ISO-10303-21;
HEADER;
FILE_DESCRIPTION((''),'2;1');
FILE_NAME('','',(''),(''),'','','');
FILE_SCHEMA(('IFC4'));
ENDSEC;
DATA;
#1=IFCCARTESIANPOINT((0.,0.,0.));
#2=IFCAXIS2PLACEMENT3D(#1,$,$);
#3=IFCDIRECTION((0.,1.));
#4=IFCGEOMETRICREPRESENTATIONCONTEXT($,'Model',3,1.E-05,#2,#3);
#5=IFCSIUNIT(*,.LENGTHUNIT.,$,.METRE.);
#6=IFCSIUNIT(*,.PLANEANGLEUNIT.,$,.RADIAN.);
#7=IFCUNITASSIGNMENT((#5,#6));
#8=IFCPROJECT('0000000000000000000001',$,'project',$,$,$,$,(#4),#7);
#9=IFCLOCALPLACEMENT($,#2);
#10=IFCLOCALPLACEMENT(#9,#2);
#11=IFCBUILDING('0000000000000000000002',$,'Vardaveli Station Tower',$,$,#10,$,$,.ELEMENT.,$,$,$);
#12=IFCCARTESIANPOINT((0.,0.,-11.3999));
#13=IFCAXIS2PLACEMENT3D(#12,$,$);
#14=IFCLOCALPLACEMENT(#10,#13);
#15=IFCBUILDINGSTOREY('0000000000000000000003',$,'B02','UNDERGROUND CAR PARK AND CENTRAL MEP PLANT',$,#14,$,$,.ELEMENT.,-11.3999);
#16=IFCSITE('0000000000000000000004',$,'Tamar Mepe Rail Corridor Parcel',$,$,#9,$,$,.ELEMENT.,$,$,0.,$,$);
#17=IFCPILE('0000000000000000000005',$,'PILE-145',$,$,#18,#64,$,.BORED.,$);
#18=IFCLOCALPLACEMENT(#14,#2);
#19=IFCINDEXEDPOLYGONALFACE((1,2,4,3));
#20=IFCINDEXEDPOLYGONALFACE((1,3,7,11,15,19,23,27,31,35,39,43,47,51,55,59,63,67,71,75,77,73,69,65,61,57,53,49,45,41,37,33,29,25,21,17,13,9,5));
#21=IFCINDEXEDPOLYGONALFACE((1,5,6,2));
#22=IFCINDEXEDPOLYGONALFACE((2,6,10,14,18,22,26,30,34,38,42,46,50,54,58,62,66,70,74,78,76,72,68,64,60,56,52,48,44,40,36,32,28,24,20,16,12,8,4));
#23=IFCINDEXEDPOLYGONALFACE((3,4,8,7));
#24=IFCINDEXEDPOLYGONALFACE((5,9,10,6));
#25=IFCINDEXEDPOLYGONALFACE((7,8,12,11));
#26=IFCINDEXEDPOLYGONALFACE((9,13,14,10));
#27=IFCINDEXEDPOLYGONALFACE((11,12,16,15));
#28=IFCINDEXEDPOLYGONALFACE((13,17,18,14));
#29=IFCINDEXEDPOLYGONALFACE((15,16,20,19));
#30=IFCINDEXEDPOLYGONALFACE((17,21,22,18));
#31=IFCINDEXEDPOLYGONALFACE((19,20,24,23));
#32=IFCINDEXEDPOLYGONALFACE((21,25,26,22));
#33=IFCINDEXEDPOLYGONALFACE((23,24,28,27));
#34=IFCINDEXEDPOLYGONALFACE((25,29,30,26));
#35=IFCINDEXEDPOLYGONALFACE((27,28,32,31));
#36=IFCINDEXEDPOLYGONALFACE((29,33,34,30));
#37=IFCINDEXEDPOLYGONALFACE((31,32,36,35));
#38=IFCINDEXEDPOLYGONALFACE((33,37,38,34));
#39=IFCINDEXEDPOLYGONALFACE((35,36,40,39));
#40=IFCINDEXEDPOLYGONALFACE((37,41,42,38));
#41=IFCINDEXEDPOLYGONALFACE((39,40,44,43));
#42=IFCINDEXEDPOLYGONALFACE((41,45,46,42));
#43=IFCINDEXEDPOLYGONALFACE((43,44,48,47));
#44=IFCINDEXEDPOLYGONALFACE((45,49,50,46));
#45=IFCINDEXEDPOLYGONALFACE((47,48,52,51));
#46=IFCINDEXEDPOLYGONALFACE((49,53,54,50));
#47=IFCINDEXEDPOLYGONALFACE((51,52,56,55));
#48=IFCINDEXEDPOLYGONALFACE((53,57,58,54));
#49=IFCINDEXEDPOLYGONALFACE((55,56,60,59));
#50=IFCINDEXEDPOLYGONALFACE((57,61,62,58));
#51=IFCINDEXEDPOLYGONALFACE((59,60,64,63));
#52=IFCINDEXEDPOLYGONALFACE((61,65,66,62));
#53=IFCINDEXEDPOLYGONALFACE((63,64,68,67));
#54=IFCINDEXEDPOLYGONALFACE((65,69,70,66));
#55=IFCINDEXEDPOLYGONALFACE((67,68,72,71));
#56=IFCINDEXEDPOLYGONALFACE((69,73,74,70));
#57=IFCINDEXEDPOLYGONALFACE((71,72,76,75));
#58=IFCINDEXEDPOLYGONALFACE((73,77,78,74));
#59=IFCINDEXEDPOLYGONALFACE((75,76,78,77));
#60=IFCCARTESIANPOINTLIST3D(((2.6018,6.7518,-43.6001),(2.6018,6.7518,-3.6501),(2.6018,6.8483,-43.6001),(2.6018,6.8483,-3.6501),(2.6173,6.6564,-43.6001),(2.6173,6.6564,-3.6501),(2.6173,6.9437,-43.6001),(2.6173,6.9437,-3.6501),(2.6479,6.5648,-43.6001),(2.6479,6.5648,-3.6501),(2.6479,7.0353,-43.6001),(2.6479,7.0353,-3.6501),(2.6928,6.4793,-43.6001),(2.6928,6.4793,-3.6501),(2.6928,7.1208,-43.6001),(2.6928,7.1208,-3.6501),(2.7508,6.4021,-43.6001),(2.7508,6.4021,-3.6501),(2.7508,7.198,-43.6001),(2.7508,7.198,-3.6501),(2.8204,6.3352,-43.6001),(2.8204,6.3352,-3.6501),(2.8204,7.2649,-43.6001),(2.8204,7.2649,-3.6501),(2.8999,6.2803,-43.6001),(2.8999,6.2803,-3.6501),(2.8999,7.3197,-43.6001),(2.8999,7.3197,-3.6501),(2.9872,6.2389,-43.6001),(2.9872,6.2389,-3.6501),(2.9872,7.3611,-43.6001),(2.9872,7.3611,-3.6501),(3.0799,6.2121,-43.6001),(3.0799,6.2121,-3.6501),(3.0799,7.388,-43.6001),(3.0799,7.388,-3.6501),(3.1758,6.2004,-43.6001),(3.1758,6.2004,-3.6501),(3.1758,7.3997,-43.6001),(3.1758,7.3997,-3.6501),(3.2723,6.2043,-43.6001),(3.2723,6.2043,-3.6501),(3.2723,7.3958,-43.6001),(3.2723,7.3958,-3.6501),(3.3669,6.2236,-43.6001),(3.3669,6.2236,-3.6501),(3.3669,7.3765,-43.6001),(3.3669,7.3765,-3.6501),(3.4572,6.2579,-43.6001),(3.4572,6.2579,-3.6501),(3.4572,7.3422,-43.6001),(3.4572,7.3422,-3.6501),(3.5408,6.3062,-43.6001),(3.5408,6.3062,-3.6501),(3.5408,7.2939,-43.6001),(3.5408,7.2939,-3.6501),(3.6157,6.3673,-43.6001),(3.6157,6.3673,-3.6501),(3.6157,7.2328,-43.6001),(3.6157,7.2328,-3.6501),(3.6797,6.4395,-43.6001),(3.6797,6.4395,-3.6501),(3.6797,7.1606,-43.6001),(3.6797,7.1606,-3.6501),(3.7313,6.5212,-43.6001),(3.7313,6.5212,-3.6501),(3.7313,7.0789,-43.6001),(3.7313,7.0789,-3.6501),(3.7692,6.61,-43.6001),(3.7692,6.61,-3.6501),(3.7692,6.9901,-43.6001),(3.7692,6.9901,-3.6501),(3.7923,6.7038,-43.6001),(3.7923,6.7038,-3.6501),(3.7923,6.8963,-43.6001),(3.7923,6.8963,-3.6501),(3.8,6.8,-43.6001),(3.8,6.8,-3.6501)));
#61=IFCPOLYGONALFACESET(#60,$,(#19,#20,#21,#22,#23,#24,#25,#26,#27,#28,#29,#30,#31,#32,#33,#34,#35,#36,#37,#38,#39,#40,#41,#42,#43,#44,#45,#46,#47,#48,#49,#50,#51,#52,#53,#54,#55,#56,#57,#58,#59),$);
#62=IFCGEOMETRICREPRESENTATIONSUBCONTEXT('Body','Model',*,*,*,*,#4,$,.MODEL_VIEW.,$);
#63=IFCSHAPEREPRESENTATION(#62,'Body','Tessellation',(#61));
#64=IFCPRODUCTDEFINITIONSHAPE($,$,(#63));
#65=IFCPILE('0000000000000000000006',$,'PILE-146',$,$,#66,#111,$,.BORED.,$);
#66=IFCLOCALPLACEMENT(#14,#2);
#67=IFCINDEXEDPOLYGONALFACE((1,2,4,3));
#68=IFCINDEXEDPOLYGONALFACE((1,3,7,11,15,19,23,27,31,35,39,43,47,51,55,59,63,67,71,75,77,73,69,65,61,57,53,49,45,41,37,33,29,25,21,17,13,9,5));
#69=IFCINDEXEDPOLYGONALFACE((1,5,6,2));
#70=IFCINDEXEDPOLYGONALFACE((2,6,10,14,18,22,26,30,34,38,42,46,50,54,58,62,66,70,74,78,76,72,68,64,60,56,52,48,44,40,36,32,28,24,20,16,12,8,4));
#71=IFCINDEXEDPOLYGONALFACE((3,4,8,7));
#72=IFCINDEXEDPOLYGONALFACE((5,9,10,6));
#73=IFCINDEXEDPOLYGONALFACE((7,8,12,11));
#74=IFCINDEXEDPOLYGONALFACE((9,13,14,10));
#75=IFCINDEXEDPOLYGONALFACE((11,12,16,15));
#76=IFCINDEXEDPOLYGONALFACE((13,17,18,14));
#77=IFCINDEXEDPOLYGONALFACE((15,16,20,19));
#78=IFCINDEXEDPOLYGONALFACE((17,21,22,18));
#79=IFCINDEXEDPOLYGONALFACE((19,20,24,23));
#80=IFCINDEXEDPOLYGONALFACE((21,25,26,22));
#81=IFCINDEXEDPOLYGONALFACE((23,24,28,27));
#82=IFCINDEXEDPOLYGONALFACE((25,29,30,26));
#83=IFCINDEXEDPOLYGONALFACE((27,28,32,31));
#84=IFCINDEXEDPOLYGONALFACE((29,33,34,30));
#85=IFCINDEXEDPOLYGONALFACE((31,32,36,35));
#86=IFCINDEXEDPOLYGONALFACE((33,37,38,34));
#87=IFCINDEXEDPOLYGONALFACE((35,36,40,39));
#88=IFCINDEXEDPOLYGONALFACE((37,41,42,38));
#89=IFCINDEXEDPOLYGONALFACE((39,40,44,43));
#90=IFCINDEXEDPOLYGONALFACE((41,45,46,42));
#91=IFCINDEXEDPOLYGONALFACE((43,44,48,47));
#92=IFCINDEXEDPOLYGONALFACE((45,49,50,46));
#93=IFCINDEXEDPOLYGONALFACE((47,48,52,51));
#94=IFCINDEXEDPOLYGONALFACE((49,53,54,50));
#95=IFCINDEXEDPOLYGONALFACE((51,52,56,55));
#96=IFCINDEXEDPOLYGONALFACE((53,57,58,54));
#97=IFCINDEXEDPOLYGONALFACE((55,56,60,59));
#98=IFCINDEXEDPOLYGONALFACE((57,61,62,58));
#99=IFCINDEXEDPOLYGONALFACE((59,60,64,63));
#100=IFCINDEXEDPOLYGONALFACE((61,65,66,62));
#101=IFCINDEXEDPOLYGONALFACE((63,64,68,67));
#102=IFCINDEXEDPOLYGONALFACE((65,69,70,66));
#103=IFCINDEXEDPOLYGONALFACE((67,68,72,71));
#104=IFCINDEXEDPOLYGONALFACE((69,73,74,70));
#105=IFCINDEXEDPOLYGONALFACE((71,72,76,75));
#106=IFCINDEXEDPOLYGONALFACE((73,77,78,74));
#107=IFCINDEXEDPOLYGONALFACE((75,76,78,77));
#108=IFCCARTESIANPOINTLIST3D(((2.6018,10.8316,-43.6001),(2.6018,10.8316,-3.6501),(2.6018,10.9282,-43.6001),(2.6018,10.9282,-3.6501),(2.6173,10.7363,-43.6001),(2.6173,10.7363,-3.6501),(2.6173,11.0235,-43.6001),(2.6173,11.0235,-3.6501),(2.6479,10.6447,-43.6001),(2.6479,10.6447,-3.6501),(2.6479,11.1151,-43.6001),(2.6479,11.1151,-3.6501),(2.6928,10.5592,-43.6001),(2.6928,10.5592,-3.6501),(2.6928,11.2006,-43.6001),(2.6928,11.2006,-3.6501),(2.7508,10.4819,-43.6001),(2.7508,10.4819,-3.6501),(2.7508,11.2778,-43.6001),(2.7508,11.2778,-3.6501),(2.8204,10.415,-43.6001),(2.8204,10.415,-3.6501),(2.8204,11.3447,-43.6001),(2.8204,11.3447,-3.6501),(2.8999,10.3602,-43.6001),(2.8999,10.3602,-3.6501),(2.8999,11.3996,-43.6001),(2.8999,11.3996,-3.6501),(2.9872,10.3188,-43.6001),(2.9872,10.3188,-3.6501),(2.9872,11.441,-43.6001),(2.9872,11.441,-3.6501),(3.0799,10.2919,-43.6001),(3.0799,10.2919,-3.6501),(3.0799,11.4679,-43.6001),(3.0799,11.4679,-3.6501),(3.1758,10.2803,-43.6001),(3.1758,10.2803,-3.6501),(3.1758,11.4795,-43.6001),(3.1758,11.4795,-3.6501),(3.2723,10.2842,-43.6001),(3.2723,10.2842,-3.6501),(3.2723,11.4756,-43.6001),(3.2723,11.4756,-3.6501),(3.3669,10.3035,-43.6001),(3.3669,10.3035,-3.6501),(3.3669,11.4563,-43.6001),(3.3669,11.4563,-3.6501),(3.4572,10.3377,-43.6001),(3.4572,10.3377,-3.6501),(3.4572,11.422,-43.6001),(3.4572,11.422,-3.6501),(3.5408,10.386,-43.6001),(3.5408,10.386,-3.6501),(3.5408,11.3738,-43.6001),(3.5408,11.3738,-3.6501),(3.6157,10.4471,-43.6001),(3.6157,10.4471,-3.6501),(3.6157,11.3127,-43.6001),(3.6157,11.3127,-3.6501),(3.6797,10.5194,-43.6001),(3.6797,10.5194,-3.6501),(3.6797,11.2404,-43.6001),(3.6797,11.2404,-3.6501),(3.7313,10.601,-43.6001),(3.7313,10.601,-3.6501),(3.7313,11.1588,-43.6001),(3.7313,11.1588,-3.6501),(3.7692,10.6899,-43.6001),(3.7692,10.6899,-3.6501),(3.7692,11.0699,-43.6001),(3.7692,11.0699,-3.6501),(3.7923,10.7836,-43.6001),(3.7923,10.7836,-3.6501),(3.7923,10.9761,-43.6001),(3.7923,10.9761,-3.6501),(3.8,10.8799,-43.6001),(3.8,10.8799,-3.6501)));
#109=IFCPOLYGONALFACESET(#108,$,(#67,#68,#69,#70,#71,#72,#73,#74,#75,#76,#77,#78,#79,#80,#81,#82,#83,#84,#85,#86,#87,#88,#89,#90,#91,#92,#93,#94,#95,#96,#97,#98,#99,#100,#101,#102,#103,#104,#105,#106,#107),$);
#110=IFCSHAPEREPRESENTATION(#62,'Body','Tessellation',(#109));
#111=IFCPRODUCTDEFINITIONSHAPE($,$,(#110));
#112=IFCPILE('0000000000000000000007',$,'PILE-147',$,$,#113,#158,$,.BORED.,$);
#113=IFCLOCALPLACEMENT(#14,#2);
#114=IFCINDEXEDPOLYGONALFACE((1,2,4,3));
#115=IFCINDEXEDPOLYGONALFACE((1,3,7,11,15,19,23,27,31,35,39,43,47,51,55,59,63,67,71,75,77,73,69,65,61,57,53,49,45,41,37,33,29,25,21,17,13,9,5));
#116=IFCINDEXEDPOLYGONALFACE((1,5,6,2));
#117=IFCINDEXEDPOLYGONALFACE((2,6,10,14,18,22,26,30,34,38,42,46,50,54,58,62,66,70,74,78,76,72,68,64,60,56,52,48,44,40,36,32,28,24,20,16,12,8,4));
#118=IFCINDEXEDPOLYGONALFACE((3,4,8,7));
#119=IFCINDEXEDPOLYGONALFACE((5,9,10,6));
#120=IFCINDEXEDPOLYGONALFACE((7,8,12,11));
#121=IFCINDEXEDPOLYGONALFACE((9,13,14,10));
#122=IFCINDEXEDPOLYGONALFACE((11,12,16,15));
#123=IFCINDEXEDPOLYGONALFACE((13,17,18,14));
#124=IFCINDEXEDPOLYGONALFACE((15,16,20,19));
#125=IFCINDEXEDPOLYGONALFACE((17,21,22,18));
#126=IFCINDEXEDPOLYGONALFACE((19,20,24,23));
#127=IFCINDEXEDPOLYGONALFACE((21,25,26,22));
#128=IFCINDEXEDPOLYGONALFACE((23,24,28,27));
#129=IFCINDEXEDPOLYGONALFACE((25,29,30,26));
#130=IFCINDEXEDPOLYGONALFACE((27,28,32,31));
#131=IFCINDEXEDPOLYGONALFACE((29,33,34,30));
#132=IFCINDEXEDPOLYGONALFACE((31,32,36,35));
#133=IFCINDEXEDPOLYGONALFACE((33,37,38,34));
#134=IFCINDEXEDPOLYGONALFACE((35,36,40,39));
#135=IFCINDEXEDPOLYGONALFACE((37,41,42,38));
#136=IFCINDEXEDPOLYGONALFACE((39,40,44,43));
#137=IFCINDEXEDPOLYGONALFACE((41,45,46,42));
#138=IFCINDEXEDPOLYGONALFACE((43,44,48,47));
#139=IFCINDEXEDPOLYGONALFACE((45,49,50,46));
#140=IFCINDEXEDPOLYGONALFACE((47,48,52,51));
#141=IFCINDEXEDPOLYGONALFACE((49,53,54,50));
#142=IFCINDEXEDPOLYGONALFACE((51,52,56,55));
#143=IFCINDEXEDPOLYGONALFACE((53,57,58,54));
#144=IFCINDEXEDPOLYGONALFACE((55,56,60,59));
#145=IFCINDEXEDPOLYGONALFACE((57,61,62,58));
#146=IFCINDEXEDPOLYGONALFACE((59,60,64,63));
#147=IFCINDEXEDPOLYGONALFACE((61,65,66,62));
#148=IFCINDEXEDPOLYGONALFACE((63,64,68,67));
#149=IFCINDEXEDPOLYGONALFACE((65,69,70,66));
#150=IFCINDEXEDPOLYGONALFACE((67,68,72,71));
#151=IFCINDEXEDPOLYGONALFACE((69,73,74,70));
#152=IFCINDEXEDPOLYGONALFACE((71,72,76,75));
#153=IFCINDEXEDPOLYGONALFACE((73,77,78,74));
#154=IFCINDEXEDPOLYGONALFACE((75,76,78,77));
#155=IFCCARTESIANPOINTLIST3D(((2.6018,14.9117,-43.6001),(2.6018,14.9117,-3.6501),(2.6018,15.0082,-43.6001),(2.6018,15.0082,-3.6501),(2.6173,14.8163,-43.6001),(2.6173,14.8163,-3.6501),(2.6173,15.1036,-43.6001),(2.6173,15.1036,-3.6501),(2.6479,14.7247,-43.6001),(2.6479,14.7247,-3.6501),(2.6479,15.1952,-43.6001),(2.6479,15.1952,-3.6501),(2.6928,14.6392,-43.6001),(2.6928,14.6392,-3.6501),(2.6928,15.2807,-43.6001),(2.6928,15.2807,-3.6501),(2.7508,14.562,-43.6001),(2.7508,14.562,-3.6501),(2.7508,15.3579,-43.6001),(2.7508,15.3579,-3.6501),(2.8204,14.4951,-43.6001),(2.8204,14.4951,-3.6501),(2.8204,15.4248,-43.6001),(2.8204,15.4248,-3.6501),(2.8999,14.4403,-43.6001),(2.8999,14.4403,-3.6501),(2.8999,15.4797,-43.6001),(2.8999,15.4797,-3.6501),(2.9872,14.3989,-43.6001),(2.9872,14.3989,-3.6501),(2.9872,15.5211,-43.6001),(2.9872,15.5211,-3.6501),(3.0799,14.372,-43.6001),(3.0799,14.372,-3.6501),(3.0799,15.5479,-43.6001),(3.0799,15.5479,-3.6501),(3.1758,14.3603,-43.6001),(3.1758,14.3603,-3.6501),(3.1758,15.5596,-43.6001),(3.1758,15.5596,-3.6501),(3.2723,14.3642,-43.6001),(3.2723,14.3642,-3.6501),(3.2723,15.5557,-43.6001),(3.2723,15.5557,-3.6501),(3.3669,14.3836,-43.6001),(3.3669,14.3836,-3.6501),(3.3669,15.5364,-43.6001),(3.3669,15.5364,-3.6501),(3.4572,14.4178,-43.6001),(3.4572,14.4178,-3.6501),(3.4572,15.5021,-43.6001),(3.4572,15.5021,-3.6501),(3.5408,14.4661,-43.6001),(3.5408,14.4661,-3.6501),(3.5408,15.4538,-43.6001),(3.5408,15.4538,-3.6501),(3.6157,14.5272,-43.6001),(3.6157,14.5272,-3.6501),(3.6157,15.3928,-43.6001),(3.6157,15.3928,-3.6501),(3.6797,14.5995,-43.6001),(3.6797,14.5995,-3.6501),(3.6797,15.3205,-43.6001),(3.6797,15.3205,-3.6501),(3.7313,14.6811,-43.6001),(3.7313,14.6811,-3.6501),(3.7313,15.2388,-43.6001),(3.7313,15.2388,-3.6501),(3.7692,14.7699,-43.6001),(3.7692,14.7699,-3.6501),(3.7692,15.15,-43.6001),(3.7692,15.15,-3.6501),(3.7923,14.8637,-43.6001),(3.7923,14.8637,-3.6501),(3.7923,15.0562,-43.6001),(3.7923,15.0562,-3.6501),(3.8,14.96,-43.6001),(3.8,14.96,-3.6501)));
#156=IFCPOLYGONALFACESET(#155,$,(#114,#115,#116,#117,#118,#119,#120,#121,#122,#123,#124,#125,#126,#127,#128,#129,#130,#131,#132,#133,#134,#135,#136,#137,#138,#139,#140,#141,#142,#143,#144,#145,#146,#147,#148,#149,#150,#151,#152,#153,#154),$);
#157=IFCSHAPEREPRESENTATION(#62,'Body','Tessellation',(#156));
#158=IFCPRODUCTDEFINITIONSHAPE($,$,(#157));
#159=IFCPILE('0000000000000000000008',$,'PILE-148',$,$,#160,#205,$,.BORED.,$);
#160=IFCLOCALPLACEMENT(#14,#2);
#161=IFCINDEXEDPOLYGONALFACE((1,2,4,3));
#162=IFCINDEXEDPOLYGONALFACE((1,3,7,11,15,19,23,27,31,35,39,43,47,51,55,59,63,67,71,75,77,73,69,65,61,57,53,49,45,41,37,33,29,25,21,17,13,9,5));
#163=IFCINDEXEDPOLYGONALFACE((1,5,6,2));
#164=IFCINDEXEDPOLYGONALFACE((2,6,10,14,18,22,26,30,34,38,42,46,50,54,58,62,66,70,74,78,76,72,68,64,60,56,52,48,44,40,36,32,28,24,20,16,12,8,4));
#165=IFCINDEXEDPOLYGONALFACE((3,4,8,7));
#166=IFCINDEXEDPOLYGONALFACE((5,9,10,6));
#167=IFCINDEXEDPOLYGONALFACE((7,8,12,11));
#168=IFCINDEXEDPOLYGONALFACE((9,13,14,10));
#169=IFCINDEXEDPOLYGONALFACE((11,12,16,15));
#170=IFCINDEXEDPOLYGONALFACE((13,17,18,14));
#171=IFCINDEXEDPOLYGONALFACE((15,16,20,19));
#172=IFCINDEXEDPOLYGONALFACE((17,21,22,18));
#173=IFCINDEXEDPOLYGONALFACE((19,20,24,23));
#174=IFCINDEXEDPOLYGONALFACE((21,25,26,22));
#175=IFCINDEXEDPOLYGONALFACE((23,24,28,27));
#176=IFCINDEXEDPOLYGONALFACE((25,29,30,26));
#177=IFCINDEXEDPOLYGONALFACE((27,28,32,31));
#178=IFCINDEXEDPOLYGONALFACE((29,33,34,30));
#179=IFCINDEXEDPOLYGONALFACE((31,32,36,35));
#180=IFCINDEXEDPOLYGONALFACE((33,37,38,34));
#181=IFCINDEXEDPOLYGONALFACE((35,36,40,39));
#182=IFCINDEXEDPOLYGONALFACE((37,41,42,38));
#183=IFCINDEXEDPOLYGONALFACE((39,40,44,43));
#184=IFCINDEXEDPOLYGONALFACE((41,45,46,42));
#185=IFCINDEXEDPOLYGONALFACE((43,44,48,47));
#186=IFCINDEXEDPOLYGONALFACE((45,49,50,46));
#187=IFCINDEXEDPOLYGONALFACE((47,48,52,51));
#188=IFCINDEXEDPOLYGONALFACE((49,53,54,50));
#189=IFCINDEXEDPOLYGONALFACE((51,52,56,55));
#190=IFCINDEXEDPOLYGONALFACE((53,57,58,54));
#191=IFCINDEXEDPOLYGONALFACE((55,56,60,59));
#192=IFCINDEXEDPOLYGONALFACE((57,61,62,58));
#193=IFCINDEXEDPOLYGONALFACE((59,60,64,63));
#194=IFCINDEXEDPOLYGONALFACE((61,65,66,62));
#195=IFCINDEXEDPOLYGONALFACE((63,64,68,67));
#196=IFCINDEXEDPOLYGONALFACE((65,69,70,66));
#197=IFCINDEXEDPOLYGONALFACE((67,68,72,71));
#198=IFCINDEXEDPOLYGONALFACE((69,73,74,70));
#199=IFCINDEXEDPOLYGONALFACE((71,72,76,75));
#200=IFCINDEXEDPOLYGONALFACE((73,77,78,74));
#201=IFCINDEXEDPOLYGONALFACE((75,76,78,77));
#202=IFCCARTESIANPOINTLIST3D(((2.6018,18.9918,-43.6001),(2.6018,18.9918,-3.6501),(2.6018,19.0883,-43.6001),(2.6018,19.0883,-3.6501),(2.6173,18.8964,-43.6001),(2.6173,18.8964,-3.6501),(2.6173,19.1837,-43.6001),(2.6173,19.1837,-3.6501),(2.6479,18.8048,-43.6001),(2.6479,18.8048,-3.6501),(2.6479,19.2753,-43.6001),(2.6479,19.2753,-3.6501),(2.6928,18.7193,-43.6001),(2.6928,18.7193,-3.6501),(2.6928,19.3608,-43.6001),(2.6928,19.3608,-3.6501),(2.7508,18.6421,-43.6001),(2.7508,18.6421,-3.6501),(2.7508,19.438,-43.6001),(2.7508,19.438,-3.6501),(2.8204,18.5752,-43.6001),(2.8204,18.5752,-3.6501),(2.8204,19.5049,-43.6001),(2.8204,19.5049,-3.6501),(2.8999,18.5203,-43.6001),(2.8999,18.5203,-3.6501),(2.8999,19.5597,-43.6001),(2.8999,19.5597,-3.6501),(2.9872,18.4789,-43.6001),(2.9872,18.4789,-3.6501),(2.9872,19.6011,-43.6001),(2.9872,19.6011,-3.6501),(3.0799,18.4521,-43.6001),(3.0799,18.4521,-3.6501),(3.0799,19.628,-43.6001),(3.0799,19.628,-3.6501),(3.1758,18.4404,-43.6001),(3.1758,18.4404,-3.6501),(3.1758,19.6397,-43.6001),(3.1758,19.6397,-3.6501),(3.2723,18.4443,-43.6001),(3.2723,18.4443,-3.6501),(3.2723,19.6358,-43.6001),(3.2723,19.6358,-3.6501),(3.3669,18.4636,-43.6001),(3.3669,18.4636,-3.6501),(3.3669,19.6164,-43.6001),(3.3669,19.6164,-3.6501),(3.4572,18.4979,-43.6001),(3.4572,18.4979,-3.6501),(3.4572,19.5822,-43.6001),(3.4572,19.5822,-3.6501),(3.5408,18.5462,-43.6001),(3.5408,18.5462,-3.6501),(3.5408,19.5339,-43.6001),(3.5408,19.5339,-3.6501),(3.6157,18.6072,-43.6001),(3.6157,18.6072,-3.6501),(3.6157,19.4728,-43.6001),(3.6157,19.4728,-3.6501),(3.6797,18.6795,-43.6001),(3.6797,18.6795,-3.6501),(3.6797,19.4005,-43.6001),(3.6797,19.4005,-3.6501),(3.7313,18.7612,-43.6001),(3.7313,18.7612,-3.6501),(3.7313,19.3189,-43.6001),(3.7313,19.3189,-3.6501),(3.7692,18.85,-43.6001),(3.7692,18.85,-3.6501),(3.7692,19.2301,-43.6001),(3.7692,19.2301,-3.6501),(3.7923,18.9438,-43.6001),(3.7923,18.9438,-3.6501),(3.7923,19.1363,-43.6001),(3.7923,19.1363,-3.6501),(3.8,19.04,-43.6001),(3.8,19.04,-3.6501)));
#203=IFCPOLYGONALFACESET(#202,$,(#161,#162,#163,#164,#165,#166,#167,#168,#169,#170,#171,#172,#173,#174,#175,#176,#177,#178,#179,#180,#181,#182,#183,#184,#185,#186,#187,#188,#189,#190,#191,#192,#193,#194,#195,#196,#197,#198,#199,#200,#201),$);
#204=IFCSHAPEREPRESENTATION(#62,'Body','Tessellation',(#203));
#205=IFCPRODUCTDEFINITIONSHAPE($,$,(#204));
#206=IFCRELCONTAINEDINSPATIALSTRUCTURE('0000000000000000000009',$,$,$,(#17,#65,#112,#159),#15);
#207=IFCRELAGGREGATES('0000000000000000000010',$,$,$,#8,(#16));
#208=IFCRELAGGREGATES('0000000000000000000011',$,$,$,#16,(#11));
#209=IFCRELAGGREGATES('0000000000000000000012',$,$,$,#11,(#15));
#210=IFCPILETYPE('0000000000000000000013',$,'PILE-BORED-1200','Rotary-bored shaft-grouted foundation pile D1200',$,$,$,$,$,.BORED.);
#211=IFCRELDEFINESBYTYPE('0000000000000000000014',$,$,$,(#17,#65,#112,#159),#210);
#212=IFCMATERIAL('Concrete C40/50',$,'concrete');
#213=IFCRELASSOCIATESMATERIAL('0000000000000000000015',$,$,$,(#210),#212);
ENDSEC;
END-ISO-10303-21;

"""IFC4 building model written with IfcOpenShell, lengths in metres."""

from ifc_helpers import new_model, si_unit, direction, frame, origin, origin_2d, place, context, subcontext, project, spatial, circle, extrude, source, transform, mapped, material, material_profile, profile_set, type_object, element, save


model = new_model("IFC4")

# Units and contexts
model_context = context("Model", 3, precision=1e-05, world=origin(), true_north=direction((0.0, 1.0)))
body_context = subcontext(model_context, "Body", "Model", "MODEL_VIEW")
ifc_project = project(units=[si_unit("LENGTHUNIT", "METRE"), si_unit("PLANEANGLEUNIT", "RADIAN")], contexts=[model_context])

# Site, building, storey
site_placement = place(None, origin())
site = spatial("IfcSite", under=ifc_project, at=site_placement, Name="Tamar Mepe Rail Corridor Parcel", CompositionType="ELEMENT", RefElevation=0.0)
building_placement = place(site_placement, origin())
building = spatial("IfcBuilding", under=site, at=building_placement, Name="Vardaveli Station Tower", CompositionType="ELEMENT")
storey_placement = place(building_placement, frame((0.0, 0.0, -11.3999)))
storey = spatial("IfcBuildingStorey", under=building, at=storey_placement, Name="B02", Description="UNDERGROUND CAR PARK AND CENTRAL MEP PLANT", CompositionType="ELEMENT", Elevation=-11.3999)

# Piles
ifc_material_1 = material(Name="Concrete C40/50", Category="concrete")
ifc_material_profile_1 = material_profile(ifc_material_1, circle(Radius=0.6001, at=origin_2d()), Name="PILE D1200")
ifc_profile_set_1 = profile_set([ifc_material_profile_1], Name="Concrete C40/50")
pile_type_1 = type_object("IfcPileType", Name="PILE-BORED-1200", Description="Rotary-bored shaft-grouted foundation pile D1200", PredefinedType="BORED", material=ifc_profile_set_1)
shared_shape_1 = source(origin(), body_context, "Body", "SweptSolid", [
    extrude(circle(Radius=0.6001, at=origin_2d()), origin(), (0.0, 0.0, 1.0), 39.95),
])
for number, where, z_axis, x_axis, name in (
    (1, (3.2, 6.8, -3.6501), (0.0, 0.0, -1.0), (1.0, 0.0, 0.0), "PILE-145"),
    (2, (3.2, 10.8799, -3.6501), (0.0, 0.0, -1.0), (1.0, 0.0, 0.0), "PILE-146"),
    (3, (3.2, 14.96, -3.6501), (0.0, 0.0, -1.0), (1.0, 0.0, 0.0), "PILE-147"),
    (4, (3.2, 19.04, -3.6501), (0.0, 0.0, -1.0), (1.0, 0.0, 0.0), "PILE-148"),
):
    element("IfcPile", number, at=place(storey_placement, frame(where, z_axis=z_axis, x_axis=x_axis)), inside=storey, type_object=pile_type_1, Name=name, PredefinedType="BORED", context=body_context, shape_type="MappedRepresentation", body=[
        mapped(shared_shape_1, transform((0.0, 0.0, 0.0), scale=1.0)),
    ])

save(model, "model.ifc")
